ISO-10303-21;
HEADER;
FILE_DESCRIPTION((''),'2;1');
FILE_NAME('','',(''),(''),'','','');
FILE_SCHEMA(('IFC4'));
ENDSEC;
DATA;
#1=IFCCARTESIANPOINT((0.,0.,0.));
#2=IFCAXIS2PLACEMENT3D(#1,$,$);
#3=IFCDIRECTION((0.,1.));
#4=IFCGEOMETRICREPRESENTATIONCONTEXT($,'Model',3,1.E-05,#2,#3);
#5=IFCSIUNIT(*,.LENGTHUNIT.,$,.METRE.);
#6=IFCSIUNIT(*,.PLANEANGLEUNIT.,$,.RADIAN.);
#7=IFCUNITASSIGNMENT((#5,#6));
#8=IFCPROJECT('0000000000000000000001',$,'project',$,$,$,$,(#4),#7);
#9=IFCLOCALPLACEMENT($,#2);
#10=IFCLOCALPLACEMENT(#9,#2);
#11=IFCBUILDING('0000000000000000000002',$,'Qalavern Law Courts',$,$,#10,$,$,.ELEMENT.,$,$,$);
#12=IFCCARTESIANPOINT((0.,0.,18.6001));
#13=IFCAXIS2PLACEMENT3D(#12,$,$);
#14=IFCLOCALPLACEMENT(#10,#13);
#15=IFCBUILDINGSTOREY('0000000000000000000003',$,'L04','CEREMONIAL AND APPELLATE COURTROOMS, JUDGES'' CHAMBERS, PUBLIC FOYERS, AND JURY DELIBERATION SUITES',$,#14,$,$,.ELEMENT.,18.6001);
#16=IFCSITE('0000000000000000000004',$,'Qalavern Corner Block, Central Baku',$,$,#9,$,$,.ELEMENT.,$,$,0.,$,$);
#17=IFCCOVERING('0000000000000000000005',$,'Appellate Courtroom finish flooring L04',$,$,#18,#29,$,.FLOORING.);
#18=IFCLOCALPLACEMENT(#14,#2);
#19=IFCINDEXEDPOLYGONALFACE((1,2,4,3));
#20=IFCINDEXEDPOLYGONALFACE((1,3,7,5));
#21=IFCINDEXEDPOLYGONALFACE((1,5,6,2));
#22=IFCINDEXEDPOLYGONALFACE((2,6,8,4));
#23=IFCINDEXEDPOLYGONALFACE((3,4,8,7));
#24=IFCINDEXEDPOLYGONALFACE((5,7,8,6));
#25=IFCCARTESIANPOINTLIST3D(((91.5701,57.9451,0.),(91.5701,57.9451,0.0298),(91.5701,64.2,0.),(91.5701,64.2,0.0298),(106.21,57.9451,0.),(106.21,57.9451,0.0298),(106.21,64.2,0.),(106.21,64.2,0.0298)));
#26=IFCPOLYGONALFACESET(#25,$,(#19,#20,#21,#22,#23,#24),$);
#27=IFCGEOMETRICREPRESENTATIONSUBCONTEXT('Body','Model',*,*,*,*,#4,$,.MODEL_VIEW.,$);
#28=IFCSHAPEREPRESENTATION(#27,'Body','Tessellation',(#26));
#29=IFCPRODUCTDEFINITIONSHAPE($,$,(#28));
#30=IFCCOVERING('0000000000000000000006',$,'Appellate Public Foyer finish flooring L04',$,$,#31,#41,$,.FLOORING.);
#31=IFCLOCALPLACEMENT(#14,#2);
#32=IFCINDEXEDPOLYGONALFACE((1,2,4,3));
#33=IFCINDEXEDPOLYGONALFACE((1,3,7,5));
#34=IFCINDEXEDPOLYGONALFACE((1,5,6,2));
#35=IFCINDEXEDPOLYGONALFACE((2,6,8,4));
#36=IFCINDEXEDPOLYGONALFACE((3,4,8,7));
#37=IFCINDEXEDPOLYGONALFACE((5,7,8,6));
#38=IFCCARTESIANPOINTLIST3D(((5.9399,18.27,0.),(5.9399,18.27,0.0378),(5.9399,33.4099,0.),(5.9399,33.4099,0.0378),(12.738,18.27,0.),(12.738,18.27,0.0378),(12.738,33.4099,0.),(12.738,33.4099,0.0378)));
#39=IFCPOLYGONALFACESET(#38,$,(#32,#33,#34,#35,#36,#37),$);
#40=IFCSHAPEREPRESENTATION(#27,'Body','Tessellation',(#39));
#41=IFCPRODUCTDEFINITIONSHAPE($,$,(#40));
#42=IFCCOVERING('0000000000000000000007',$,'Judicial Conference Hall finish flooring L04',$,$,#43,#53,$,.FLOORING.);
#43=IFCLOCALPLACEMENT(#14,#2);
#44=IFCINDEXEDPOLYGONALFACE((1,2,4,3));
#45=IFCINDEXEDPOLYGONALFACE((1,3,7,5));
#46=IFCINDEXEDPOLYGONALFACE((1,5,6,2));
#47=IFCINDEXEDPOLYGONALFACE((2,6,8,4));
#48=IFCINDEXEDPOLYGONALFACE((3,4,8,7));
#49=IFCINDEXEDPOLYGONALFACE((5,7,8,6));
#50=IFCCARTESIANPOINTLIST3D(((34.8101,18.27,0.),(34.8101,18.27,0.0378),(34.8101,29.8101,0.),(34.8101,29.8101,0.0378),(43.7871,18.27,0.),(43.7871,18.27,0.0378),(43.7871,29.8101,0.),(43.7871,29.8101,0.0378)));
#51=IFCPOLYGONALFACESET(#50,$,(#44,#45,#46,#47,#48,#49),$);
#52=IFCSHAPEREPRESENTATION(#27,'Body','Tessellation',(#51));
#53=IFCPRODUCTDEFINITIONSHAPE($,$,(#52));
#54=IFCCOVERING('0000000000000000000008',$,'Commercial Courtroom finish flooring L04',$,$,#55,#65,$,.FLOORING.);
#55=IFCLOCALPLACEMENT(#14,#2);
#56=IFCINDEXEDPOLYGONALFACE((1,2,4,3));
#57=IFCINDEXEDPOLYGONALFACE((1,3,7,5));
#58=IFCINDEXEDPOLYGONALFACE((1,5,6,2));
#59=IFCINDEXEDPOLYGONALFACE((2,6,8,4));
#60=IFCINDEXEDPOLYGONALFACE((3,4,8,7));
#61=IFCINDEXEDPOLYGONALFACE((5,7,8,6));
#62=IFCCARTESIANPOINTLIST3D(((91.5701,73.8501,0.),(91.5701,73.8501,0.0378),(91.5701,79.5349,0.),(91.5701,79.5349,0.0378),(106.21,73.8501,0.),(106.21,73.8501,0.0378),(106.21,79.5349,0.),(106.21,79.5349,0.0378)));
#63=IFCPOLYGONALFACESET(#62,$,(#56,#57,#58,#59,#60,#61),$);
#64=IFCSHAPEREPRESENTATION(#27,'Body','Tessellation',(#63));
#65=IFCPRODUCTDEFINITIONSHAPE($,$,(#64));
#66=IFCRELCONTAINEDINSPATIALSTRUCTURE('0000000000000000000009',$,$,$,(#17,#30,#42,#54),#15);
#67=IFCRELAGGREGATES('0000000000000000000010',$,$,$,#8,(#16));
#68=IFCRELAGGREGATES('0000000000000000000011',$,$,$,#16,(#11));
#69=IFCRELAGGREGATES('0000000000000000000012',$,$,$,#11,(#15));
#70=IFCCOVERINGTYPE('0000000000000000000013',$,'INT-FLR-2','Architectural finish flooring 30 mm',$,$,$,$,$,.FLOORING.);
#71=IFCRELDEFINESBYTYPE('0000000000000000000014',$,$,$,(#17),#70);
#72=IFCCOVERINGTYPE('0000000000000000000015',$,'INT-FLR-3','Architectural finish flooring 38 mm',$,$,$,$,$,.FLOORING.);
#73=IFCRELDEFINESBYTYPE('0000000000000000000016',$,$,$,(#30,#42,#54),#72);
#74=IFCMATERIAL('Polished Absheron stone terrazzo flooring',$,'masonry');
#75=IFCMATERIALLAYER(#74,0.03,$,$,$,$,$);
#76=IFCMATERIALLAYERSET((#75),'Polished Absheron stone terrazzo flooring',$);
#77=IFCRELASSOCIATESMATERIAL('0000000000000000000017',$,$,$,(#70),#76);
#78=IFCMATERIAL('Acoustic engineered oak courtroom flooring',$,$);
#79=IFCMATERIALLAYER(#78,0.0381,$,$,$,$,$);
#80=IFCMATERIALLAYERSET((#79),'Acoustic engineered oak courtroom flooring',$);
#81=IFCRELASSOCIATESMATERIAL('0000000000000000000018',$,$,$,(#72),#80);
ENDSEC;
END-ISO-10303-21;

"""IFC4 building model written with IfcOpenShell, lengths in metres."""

from ifc_helpers import new_model, si_unit, direction, frame, origin, place, context, subcontext, project, spatial, polyline, outline, extrude, material, layer, layer_set, type_object, element, save


model = new_model("IFC4")

# Units and contexts
model_context = context("Model", 3, precision=1e-05, world=origin(), true_north=direction((0.0, 1.0)))
body_context = subcontext(model_context, "Body", "Model", "MODEL_VIEW")
ifc_project = project(units=[si_unit("LENGTHUNIT", "METRE"), si_unit("PLANEANGLEUNIT", "RADIAN")], contexts=[model_context])

# Site, building, storey
site_placement = place(None, origin())
site = spatial("IfcSite", under=ifc_project, at=site_placement, Name="Qalavern Corner Block, Central Baku", CompositionType="ELEMENT", RefElevation=0.0)
building_placement = place(site_placement, origin())
building = spatial("IfcBuilding", under=site, at=building_placement, Name="Qalavern Law Courts", CompositionType="ELEMENT")
storey_placement = place(building_placement, frame((0.0, 0.0, 18.6001)))
storey = spatial("IfcBuildingStorey", under=building, at=storey_placement, Name="L04", Description="CEREMONIAL AND APPELLATE COURTROOMS, JUDGES' CHAMBERS, PUBLIC FOYERS, AND JURY DELIBERATION SUITES", CompositionType="ELEMENT", Elevation=18.6001)

# Coverings
ifc_material_1 = material(Name="Polished Absheron stone terrazzo flooring", Category="masonry")
ifc_layer_1 = layer(ifc_material_1, 0.03)
ifc_layer_set_1 = layer_set([ifc_layer_1], Name="Polished Absheron stone terrazzo flooring")
covering_type_1 = type_object("IfcCoveringType", Name="INT-FLR-2", Description="Architectural finish flooring 30 mm", PredefinedType="FLOORING", material=ifc_layer_set_1)
covering_1_placement = place(storey_placement, origin())
element("IfcCovering", 1, at=covering_1_placement, inside=storey, type_object=covering_type_1, Name="Appellate Courtroom finish flooring L04", PredefinedType="FLOORING", context=body_context, shape_type="SweptSolid", body=[
    extrude(outline(polyline([(91.5701, 57.9451), (106.21, 57.9451), (106.21, 64.2), (91.5701, 64.2), (91.5701, 57.9451)])), origin(), (0.0, 0.0, 1.0), 0.0298),
])
ifc_material_2 = material(Name="Acoustic engineered oak courtroom flooring")
ifc_layer_2 = layer(ifc_material_2, 0.0381)
ifc_layer_set_2 = layer_set([ifc_layer_2], Name="Acoustic engineered oak courtroom flooring")
covering_type_2 = type_object("IfcCoveringType", Name="INT-FLR-3", Description="Architectural finish flooring 38 mm", PredefinedType="FLOORING", material=ifc_layer_set_2)
covering_2_placement = place(storey_placement, origin())
element("IfcCovering", 2, at=covering_2_placement, inside=storey, type_object=covering_type_2, Name="Appellate Public Foyer finish flooring L04", PredefinedType="FLOORING", context=body_context, shape_type="SweptSolid", body=[
    extrude(outline(polyline([(5.9399, 18.27), (12.738, 18.27), (12.738, 33.4099), (5.9399, 33.4099), (5.9399, 18.27)])), origin(), (0.0, 0.0, 1.0), 0.0378),
])
covering_3_placement = place(storey_placement, origin())
element("IfcCovering", 3, at=covering_3_placement, inside=storey, type_object=covering_type_2, Name="Judicial Conference Hall finish flooring L04", PredefinedType="FLOORING", context=body_context, shape_type="SweptSolid", body=[
    extrude(outline(polyline([(34.8101, 18.27), (43.7871, 18.27), (43.7871, 29.8101), (34.8101, 29.8101), (34.8101, 18.27)])), origin(), (0.0, 0.0, 1.0), 0.0378),
])
covering_4_placement = place(storey_placement, origin())
element("IfcCovering", 4, at=covering_4_placement, inside=storey, type_object=covering_type_2, Name="Commercial Courtroom finish flooring L04", PredefinedType="FLOORING", context=body_context, shape_type="SweptSolid", body=[
    extrude(outline(polyline([(91.5701, 73.8501), (106.21, 73.8501), (106.21, 79.5349), (91.5701, 79.5349), (91.5701, 73.8501)])), origin(), (0.0, 0.0, 1.0), 0.0378),
])

save(model, "model.ifc")
